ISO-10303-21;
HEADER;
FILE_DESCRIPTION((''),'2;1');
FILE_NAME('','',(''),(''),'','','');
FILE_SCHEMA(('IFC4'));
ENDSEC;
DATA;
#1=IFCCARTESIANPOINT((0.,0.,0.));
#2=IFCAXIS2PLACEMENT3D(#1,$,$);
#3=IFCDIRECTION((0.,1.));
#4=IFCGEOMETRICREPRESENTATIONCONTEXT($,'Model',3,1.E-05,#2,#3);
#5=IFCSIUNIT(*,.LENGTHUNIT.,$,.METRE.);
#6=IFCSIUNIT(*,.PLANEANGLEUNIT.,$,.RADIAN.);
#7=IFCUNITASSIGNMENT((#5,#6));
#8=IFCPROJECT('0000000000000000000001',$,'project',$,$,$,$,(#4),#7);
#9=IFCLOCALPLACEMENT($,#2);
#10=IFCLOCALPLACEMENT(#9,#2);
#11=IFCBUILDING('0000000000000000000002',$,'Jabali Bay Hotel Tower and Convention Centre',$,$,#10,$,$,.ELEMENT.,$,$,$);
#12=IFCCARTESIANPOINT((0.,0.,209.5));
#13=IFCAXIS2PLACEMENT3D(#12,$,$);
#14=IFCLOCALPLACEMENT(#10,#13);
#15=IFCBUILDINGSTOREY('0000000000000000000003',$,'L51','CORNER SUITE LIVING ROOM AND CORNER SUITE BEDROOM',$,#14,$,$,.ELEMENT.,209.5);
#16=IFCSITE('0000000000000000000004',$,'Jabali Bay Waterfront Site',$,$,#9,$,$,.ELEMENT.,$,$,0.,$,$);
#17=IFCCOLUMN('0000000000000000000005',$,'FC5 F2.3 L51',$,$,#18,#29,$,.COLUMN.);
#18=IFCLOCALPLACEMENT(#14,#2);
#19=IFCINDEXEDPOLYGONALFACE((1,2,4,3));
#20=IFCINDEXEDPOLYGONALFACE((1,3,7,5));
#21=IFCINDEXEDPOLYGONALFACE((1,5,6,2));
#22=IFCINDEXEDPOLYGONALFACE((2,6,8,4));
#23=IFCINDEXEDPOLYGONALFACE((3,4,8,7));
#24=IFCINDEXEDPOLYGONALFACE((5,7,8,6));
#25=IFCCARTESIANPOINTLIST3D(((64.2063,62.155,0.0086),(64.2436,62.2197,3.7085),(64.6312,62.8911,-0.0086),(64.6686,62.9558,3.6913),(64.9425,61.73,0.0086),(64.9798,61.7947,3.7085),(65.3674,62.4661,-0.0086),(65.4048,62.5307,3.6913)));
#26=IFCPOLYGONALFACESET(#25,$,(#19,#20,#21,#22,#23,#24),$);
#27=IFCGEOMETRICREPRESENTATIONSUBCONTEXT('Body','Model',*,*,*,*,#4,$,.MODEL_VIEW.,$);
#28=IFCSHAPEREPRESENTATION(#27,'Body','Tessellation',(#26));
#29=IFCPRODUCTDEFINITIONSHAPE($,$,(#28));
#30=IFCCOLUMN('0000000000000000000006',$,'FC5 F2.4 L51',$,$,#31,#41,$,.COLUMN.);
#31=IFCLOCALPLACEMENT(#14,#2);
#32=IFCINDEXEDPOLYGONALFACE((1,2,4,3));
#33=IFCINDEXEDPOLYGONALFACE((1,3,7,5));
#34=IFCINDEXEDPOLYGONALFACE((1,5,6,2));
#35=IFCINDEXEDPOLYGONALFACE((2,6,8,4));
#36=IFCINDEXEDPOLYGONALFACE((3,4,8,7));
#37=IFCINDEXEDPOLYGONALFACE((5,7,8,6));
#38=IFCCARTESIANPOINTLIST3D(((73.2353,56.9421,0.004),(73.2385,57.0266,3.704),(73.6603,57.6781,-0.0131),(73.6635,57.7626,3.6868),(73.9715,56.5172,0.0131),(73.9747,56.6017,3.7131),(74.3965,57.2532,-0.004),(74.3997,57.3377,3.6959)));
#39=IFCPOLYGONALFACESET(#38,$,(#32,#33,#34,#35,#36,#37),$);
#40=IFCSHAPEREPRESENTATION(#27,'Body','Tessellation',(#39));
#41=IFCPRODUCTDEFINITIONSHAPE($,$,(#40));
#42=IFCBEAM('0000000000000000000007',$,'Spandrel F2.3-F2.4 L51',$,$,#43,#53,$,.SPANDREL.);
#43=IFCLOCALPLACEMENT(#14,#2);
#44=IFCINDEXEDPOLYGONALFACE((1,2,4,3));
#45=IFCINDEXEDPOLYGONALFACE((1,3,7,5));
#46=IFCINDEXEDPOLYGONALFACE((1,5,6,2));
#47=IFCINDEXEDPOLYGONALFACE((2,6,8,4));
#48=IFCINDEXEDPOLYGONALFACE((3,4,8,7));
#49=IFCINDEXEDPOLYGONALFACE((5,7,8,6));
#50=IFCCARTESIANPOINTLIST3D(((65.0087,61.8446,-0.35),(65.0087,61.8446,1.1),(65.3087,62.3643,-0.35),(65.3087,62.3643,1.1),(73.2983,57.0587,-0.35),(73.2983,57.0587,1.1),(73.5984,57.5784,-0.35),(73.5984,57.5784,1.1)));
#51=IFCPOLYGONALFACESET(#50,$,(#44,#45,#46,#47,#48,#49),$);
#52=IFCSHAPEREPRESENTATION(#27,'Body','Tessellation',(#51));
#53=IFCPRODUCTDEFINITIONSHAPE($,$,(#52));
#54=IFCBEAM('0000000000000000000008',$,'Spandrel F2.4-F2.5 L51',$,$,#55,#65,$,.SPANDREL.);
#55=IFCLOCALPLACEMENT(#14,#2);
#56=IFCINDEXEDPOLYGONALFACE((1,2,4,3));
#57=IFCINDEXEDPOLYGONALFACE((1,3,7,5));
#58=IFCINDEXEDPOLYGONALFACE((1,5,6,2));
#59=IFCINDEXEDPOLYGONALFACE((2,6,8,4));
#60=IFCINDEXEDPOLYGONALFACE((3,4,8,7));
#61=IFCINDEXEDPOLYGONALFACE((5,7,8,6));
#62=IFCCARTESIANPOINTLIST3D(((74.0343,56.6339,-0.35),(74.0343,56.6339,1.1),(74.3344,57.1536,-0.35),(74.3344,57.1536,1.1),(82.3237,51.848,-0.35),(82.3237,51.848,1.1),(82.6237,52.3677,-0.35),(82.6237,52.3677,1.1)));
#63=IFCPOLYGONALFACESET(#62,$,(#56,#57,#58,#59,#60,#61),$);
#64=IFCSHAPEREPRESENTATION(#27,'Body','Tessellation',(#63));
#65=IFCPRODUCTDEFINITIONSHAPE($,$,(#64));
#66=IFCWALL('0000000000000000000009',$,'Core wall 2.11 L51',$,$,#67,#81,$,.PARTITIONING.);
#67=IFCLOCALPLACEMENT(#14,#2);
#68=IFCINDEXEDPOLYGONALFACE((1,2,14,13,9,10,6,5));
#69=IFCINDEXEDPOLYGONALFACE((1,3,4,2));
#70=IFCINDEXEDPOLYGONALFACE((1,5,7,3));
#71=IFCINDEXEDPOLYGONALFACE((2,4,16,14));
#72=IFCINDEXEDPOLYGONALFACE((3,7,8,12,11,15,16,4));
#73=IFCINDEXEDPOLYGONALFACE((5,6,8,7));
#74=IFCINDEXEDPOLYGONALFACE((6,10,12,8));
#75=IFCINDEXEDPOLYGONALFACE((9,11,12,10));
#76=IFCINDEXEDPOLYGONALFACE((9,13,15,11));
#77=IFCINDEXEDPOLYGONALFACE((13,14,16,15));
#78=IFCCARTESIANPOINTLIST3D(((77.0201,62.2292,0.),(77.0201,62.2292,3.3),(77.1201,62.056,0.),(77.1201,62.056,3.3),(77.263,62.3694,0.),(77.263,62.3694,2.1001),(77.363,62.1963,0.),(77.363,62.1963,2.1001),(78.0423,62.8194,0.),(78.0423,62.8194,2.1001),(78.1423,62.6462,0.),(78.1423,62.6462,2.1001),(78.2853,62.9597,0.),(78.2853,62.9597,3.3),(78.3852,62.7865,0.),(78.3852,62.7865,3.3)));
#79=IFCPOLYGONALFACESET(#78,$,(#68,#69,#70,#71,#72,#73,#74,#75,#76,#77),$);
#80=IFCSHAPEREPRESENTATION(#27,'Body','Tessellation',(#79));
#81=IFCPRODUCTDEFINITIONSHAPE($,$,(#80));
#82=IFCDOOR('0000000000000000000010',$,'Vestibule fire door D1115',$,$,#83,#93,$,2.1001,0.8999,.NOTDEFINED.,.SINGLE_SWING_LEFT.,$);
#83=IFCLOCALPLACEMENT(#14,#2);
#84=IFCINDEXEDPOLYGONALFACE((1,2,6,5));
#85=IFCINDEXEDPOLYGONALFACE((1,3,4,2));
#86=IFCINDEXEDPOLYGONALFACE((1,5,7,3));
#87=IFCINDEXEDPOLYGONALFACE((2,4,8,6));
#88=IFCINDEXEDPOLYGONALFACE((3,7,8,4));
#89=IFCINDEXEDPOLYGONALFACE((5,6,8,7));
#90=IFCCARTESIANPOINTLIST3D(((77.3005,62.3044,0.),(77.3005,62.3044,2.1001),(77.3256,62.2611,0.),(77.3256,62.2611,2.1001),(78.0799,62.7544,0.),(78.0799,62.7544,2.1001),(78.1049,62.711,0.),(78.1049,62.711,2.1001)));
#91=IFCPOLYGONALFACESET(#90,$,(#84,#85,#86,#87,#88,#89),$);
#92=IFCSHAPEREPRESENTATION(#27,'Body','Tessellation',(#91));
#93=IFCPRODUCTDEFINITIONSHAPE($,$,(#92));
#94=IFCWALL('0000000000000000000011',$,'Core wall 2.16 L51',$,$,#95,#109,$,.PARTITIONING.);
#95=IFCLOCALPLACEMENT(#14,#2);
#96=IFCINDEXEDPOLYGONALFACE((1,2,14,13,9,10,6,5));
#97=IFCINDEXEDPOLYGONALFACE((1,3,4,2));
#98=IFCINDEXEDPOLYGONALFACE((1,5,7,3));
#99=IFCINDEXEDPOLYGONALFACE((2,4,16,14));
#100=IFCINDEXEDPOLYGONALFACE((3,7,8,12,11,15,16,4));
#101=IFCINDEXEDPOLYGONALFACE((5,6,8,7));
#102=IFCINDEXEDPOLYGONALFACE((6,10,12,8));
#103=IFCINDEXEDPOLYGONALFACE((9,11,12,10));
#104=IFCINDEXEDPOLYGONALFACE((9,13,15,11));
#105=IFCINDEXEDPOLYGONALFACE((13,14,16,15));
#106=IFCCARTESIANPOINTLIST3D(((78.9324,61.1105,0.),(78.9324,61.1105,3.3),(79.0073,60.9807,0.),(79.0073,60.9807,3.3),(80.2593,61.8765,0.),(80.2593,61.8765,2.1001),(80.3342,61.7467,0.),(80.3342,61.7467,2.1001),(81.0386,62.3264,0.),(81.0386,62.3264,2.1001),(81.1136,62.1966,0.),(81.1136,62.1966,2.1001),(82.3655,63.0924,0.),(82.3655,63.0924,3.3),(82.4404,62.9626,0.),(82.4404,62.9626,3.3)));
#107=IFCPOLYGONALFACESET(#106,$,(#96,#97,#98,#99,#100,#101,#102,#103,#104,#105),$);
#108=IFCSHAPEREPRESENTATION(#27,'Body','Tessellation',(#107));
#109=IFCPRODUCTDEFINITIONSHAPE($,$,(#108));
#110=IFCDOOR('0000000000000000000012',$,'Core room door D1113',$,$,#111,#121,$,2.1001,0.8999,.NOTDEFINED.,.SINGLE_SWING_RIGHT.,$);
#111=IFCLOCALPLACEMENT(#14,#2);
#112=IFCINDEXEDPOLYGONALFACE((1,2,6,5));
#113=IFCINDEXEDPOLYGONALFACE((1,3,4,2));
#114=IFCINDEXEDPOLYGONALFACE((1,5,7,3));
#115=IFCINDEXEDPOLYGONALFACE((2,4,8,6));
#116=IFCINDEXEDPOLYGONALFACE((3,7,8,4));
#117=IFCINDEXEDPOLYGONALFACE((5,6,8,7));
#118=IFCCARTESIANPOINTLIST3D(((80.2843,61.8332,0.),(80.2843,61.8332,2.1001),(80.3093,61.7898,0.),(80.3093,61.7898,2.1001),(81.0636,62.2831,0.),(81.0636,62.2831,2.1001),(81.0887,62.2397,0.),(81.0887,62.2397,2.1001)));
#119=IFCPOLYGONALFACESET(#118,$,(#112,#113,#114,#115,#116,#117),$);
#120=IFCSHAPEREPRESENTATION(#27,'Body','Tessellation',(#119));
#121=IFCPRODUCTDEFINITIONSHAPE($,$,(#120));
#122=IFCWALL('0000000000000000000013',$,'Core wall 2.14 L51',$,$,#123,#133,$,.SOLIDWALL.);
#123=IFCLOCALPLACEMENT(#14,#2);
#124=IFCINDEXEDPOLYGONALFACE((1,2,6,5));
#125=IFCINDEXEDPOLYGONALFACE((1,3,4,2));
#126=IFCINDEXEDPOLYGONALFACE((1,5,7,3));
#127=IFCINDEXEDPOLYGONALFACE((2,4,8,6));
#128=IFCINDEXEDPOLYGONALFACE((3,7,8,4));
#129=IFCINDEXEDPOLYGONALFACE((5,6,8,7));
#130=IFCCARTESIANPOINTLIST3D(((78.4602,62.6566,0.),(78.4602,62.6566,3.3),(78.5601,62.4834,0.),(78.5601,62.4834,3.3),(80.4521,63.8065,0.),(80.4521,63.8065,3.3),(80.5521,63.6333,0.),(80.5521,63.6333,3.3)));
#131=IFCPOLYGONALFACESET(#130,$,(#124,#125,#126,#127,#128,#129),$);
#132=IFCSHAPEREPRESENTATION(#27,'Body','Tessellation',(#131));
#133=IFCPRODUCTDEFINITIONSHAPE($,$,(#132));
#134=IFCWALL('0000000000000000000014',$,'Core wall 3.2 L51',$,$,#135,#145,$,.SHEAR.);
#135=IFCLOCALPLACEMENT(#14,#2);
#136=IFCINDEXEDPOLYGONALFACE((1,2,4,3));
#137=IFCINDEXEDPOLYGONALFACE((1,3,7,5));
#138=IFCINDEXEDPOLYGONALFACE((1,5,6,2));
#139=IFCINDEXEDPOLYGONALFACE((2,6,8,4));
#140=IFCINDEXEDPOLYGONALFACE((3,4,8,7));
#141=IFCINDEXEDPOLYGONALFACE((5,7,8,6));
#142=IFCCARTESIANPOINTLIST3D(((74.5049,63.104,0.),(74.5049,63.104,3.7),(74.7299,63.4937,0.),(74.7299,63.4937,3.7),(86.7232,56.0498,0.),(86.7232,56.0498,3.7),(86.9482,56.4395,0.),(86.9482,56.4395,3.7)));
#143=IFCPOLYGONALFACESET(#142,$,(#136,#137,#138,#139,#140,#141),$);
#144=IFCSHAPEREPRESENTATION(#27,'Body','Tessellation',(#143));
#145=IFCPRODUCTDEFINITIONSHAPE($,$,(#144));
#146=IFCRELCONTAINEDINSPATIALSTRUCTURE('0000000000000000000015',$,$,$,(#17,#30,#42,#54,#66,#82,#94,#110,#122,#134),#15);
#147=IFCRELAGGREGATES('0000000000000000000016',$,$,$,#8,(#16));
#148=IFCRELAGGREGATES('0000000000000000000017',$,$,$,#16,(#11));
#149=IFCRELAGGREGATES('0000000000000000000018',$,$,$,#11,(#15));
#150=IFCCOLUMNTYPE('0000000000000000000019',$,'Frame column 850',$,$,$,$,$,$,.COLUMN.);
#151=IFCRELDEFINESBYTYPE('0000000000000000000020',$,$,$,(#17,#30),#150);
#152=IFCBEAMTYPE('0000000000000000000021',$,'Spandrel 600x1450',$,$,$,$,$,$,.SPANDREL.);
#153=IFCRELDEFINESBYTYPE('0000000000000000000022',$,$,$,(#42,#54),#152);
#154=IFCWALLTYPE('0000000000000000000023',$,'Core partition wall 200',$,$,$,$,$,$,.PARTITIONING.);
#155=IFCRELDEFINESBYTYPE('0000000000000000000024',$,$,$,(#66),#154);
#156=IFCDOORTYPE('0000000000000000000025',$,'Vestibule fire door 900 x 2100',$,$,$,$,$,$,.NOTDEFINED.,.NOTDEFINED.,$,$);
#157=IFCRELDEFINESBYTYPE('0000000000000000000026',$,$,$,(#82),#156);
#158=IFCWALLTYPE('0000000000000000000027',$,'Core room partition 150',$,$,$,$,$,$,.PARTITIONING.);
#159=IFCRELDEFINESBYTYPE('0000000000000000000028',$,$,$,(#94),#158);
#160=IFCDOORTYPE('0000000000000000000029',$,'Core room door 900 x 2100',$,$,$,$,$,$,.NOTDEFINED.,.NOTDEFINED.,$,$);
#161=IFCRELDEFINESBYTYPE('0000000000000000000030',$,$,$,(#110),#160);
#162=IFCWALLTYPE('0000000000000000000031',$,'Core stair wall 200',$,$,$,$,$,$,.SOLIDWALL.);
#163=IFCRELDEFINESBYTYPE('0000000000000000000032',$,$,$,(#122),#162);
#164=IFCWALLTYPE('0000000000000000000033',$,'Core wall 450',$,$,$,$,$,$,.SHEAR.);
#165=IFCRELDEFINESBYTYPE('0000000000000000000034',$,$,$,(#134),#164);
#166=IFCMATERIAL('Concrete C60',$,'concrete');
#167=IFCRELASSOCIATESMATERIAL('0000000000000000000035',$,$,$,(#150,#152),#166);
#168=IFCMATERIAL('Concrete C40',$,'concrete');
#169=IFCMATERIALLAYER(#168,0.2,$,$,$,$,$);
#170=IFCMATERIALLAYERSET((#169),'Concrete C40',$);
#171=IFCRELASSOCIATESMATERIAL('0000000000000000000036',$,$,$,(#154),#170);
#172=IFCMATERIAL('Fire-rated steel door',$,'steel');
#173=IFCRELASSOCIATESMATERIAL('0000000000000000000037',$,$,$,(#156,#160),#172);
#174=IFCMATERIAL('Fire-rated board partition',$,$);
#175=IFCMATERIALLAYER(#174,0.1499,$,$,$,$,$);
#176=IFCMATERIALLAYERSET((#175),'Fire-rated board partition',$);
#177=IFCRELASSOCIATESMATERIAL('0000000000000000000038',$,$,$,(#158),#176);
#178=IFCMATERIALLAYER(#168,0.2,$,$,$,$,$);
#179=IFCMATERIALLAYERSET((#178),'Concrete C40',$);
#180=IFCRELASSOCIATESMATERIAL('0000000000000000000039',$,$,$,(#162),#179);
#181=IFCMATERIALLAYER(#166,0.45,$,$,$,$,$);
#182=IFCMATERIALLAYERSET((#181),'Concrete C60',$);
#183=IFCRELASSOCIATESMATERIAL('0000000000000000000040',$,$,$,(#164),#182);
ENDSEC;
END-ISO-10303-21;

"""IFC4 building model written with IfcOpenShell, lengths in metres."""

from ifc_helpers import new_model, si_unit, direction, frame, frame_2d, origin, origin_2d, place, context, subcontext, project, spatial, rectangle, extrude, material, layer, layer_set, material_profile, profile_set, type_object, element, fill, save


model = new_model("IFC4")

# Units and contexts
model_context = context("Model", 3, precision=1e-05, world=origin(), true_north=direction((0.0, 1.0)))
body_context = subcontext(model_context, "Body", "Model", "MODEL_VIEW")
ifc_project = project(units=[si_unit("LENGTHUNIT", "METRE"), si_unit("PLANEANGLEUNIT", "RADIAN")], contexts=[model_context])

# Site, building, storey
site_placement = place(None, origin())
site = spatial("IfcSite", under=ifc_project, at=site_placement, Name="Jabali Bay Waterfront Site", CompositionType="ELEMENT", RefElevation=0.0)
building_placement = place(site_placement, origin())
building = spatial("IfcBuilding", under=site, at=building_placement, Name="Jabali Bay Hotel Tower and Convention Centre", CompositionType="ELEMENT")
storey_placement = place(building_placement, frame((0.0, 0.0, 209.5)))
storey = spatial("IfcBuildingStorey", under=building, at=storey_placement, Name="L51", Description="CORNER SUITE LIVING ROOM AND CORNER SUITE BEDROOM", CompositionType="ELEMENT", Elevation=209.5)

# Columns
ifc_material_1 = material(Name="Concrete C60", Category="concrete")
ifc_material_profile_1 = material_profile(ifc_material_1, rectangle(XDim=0.8501, YDim=0.8501, at=origin_2d()), Name="Frame column 850")
ifc_profile_set_1 = profile_set([ifc_material_profile_1], Name="Concrete C60")
column_type = type_object("IfcColumnType", Name="Frame column 850", PredefinedType="COLUMN", material=ifc_profile_set_1)
column_1_placement = place(storey_placement, frame((64.7869, 62.3105, 0.0), z_axis=(0.010094, 0.017482, 0.999796), x_axis=(-0.866026, 0.499999, 0.0)))
element("IfcColumn", 1, at=column_1_placement, inside=storey, type_object=column_type, Name="FC5 F2.3 L51", PredefinedType="COLUMN", context=body_context, shape_type="SweptSolid", body=[
    extrude(rectangle(XDim=0.8501, YDim=0.8501, at=origin_2d()), origin(), (0.0, 0.0, 1.0), 3.7007),
])
column_2_placement = place(storey_placement, frame((73.8159, 57.0977, 0.0), z_axis=(0.000858, 0.022825, 0.999739), x_axis=(-0.499939, -0.865825, 0.020196)))
element("IfcColumn", 2, at=column_2_placement, inside=storey, type_object=column_type, Name="FC5 F2.4 L51", PredefinedType="COLUMN", context=body_context, shape_type="SweptSolid", body=[
    extrude(rectangle(XDim=0.8501, YDim=0.8501, at=origin_2d()), origin(), (0.0, 0.0, 1.0), 3.7009),
])

# Beams
ifc_material_profile_2 = material_profile(ifc_material_1, rectangle(XDim=0.6001, YDim=1.45, at=origin_2d()), Name="Spandrel 600x1450")
ifc_profile_set_2 = profile_set([ifc_material_profile_2], Name="Concrete C60")
beam_type = type_object("IfcBeamType", Name="Spandrel 600x1450", PredefinedType="SPANDREL", material=ifc_profile_set_2)
beam_1_placement = place(storey_placement, frame((65.1587, 62.1045, 0.375), z_axis=(0.866029, -0.499993, 0.0), x_axis=(0.499993, 0.866029, 0.0)))
element("IfcBeam", 3, at=beam_1_placement, inside=storey, type_object=beam_type, Name="Spandrel F2.3-F2.4 L51", PredefinedType="SPANDREL", context=body_context, shape_type="SweptSolid", body=[
    extrude(rectangle(XDim=0.6001, YDim=1.45, at=origin_2d()), origin(), (0.0, 0.0, 1.0), 9.572),
])
beam_2_placement = place(storey_placement, frame((74.1843, 56.8938, 0.375), z_axis=(0.866023, -0.500004, 0.0), x_axis=(0.500004, 0.866023, 0.0)))
element("IfcBeam", 4, at=beam_2_placement, inside=storey, type_object=beam_type, Name="Spandrel F2.4-F2.5 L51", PredefinedType="SPANDREL", context=body_context, shape_type="SweptSolid", body=[
    extrude(rectangle(XDim=0.6001, YDim=1.45, at=origin_2d()), origin(), (0.0, 0.0, 1.0), 9.5718),
])

# Walls, openings, doors
ifc_material_2 = material(Name="Concrete C40", Category="concrete")
ifc_layer_1 = layer(ifc_material_2, 0.2)
ifc_layer_set_1 = layer_set([ifc_layer_1], Name="Concrete C40")
wall_type_1 = type_object("IfcWallType", Name="Core partition wall 200", PredefinedType="PARTITIONING", material=ifc_layer_set_1)
wall_1_placement = place(storey_placement, frame((77.0701, 62.1426, 0.0), z_axis=(0.0, 0.0, 1.0), x_axis=(0.866013, 0.500021, 0.0)))
wall_1 = element("IfcWall", 5, at=wall_1_placement, inside=storey, type_object=wall_type_1, Name="Core wall 2.11 L51", PredefinedType="PARTITIONING", context=body_context, shape_type="SweptSolid", body=[
    extrude(rectangle(XDim=1.4609, YDim=0.2, at=frame_2d((0.7305, 0.0))), origin(), (0.0, 0.0, 1.0), 3.3),
])
opening_1_placement = place(wall_1_placement, frame((0.2805, 0.0, 0.0)))
opening_1 = element("IfcOpeningElement", 6, at=opening_1_placement, cuts=wall_1, PredefinedType="OPENING", context=body_context, shape_type="SweptSolid", body=[
    extrude(rectangle(XDim=0.8999, YDim=2.1001, at=frame_2d((0.45, 1.05))), frame((0.0, 0.1104, 0.0), z_axis=(0.0, -1.0, 0.0), x_axis=(1.0, 0.0, 0.0)), (0.0, 0.0, 1.0), 0.2209),
])
ifc_material_3 = material(Name="Fire-rated steel door", Category="steel")
door_type_1 = type_object("IfcDoorType", Name="Vestibule fire door 900 x 2100", OperationType="NOTDEFINED", PredefinedType="NOTDEFINED", material=ifc_material_3)
door_1_placement = place(opening_1_placement, origin())
door_1 = element("IfcDoor", 7, at=door_1_placement, inside=storey, type_object=door_type_1, Name="Vestibule fire door D1115", OperationType="SINGLE_SWING_LEFT", OverallHeight=2.1001, OverallWidth=0.8999, PredefinedType="NOTDEFINED", context=body_context, shape_type="SweptSolid", body=[
    extrude(rectangle(XDim=0.8999, YDim=2.1001, at=frame_2d((0.45, 1.05))), frame((0.0, 0.0249, 0.0), z_axis=(0.0, -1.0, 0.0), x_axis=(1.0, 0.0, 0.0)), (0.0, 0.0, 1.0), 0.05),
])
fill(opening_1, door_1)
ifc_material_4 = material(Name="Fire-rated board partition")
ifc_layer_2 = layer(ifc_material_4, 0.1499)
ifc_layer_set_2 = layer_set([ifc_layer_2], Name="Fire-rated board partition")
wall_type_2 = type_object("IfcWallType", Name="Core room partition 150", PredefinedType="PARTITIONING", material=ifc_layer_set_2)
wall_2_placement = place(storey_placement, frame((78.97, 61.0457, 0.0), z_axis=(0.0, 0.0, 1.0), x_axis=(0.866044, 0.499968, 0.0)))
wall_2 = element("IfcWall", 8, at=wall_2_placement, inside=storey, type_object=wall_type_2, Name="Core wall 2.16 L51", PredefinedType="PARTITIONING", context=body_context, shape_type="SweptSolid", body=[
    extrude(rectangle(XDim=3.9641, YDim=0.1499, at=frame_2d((1.9819, 0.0))), origin(), (0.0, 0.0, 1.0), 3.3),
])
opening_2_placement = place(wall_2_placement, frame((1.532, 0.0, 0.0)))
opening_2 = element("IfcOpeningElement", 9, at=opening_2_placement, cuts=wall_2, PredefinedType="OPENING", context=body_context, shape_type="SweptSolid", body=[
    extrude(rectangle(XDim=0.8999, YDim=2.1001, at=frame_2d((0.45, 1.05))), frame((0.0, 0.0854, 0.0), z_axis=(0.0, -1.0, 0.0), x_axis=(1.0, 0.0, 0.0)), (0.0, 0.0, 1.0), 0.1709),
])
door_type_2 = type_object("IfcDoorType", Name="Core room door 900 x 2100", OperationType="NOTDEFINED", PredefinedType="NOTDEFINED", material=ifc_material_3)
door_2_placement = place(opening_2_placement, origin())
door_2 = element("IfcDoor", 10, at=door_2_placement, inside=storey, type_object=door_type_2, Name="Core room door D1113", OperationType="SINGLE_SWING_RIGHT", OverallHeight=2.1001, OverallWidth=0.8999, PredefinedType="NOTDEFINED", context=body_context, shape_type="SweptSolid", body=[
    extrude(rectangle(XDim=0.8999, YDim=2.1001, at=frame_2d((0.45, 1.05))), frame((0.0, 0.0249, 0.0), z_axis=(0.0, -1.0, 0.0), x_axis=(1.0, 0.0, 0.0)), (0.0, 0.0, 1.0), 0.05),
])
fill(opening_2, door_2)

# Walls
ifc_layer_3 = layer(ifc_material_2, 0.2)
ifc_layer_set_3 = layer_set([ifc_layer_3], Name="Concrete C40")
wall_type_3 = type_object("IfcWallType", Name="Core stair wall 200", PredefinedType="SOLIDWALL", material=ifc_layer_set_3)
wall_3_placement = place(storey_placement, frame((78.5103, 62.5701, 0.0), z_axis=(0.0, 0.0, 1.0), x_axis=(0.866053, 0.499952, 0.0)))
element("IfcWall", 11, at=wall_3_placement, inside=storey, type_object=wall_type_3, Name="Core wall 2.14 L51", PredefinedType="SOLIDWALL", context=body_context, shape_type="SweptSolid", body=[
    extrude(rectangle(XDim=2.3, YDim=0.2, at=frame_2d((1.1499, 0.0))), origin(), (0.0, 0.0, 1.0), 3.3),
])
ifc_layer_4 = layer(ifc_material_1, 0.45)
ifc_layer_set_4 = layer_set([ifc_layer_4], Name="Concrete C60")
wall_type_4 = type_object("IfcWallType", Name="Core wall 450", PredefinedType="SHEAR", material=ifc_layer_set_4)
wall_4_placement = place(storey_placement, frame((74.6174, 63.2988, 0.0), z_axis=(0.0, 0.0, 1.0), x_axis=(0.866026, -0.499999, 0.0)))
element("IfcWall", 12, at=wall_4_placement, inside=storey, type_object=wall_type_4, Name="Core wall 3.2 L51", PredefinedType="SHEAR", context=body_context, shape_type="SweptSolid", body=[
    extrude(rectangle(XDim=14.1084, YDim=0.45, at=frame_2d((7.0542, 0.0))), origin(), (0.0, 0.0, 1.0), 3.7),
])

save(model, "model.ifc")
